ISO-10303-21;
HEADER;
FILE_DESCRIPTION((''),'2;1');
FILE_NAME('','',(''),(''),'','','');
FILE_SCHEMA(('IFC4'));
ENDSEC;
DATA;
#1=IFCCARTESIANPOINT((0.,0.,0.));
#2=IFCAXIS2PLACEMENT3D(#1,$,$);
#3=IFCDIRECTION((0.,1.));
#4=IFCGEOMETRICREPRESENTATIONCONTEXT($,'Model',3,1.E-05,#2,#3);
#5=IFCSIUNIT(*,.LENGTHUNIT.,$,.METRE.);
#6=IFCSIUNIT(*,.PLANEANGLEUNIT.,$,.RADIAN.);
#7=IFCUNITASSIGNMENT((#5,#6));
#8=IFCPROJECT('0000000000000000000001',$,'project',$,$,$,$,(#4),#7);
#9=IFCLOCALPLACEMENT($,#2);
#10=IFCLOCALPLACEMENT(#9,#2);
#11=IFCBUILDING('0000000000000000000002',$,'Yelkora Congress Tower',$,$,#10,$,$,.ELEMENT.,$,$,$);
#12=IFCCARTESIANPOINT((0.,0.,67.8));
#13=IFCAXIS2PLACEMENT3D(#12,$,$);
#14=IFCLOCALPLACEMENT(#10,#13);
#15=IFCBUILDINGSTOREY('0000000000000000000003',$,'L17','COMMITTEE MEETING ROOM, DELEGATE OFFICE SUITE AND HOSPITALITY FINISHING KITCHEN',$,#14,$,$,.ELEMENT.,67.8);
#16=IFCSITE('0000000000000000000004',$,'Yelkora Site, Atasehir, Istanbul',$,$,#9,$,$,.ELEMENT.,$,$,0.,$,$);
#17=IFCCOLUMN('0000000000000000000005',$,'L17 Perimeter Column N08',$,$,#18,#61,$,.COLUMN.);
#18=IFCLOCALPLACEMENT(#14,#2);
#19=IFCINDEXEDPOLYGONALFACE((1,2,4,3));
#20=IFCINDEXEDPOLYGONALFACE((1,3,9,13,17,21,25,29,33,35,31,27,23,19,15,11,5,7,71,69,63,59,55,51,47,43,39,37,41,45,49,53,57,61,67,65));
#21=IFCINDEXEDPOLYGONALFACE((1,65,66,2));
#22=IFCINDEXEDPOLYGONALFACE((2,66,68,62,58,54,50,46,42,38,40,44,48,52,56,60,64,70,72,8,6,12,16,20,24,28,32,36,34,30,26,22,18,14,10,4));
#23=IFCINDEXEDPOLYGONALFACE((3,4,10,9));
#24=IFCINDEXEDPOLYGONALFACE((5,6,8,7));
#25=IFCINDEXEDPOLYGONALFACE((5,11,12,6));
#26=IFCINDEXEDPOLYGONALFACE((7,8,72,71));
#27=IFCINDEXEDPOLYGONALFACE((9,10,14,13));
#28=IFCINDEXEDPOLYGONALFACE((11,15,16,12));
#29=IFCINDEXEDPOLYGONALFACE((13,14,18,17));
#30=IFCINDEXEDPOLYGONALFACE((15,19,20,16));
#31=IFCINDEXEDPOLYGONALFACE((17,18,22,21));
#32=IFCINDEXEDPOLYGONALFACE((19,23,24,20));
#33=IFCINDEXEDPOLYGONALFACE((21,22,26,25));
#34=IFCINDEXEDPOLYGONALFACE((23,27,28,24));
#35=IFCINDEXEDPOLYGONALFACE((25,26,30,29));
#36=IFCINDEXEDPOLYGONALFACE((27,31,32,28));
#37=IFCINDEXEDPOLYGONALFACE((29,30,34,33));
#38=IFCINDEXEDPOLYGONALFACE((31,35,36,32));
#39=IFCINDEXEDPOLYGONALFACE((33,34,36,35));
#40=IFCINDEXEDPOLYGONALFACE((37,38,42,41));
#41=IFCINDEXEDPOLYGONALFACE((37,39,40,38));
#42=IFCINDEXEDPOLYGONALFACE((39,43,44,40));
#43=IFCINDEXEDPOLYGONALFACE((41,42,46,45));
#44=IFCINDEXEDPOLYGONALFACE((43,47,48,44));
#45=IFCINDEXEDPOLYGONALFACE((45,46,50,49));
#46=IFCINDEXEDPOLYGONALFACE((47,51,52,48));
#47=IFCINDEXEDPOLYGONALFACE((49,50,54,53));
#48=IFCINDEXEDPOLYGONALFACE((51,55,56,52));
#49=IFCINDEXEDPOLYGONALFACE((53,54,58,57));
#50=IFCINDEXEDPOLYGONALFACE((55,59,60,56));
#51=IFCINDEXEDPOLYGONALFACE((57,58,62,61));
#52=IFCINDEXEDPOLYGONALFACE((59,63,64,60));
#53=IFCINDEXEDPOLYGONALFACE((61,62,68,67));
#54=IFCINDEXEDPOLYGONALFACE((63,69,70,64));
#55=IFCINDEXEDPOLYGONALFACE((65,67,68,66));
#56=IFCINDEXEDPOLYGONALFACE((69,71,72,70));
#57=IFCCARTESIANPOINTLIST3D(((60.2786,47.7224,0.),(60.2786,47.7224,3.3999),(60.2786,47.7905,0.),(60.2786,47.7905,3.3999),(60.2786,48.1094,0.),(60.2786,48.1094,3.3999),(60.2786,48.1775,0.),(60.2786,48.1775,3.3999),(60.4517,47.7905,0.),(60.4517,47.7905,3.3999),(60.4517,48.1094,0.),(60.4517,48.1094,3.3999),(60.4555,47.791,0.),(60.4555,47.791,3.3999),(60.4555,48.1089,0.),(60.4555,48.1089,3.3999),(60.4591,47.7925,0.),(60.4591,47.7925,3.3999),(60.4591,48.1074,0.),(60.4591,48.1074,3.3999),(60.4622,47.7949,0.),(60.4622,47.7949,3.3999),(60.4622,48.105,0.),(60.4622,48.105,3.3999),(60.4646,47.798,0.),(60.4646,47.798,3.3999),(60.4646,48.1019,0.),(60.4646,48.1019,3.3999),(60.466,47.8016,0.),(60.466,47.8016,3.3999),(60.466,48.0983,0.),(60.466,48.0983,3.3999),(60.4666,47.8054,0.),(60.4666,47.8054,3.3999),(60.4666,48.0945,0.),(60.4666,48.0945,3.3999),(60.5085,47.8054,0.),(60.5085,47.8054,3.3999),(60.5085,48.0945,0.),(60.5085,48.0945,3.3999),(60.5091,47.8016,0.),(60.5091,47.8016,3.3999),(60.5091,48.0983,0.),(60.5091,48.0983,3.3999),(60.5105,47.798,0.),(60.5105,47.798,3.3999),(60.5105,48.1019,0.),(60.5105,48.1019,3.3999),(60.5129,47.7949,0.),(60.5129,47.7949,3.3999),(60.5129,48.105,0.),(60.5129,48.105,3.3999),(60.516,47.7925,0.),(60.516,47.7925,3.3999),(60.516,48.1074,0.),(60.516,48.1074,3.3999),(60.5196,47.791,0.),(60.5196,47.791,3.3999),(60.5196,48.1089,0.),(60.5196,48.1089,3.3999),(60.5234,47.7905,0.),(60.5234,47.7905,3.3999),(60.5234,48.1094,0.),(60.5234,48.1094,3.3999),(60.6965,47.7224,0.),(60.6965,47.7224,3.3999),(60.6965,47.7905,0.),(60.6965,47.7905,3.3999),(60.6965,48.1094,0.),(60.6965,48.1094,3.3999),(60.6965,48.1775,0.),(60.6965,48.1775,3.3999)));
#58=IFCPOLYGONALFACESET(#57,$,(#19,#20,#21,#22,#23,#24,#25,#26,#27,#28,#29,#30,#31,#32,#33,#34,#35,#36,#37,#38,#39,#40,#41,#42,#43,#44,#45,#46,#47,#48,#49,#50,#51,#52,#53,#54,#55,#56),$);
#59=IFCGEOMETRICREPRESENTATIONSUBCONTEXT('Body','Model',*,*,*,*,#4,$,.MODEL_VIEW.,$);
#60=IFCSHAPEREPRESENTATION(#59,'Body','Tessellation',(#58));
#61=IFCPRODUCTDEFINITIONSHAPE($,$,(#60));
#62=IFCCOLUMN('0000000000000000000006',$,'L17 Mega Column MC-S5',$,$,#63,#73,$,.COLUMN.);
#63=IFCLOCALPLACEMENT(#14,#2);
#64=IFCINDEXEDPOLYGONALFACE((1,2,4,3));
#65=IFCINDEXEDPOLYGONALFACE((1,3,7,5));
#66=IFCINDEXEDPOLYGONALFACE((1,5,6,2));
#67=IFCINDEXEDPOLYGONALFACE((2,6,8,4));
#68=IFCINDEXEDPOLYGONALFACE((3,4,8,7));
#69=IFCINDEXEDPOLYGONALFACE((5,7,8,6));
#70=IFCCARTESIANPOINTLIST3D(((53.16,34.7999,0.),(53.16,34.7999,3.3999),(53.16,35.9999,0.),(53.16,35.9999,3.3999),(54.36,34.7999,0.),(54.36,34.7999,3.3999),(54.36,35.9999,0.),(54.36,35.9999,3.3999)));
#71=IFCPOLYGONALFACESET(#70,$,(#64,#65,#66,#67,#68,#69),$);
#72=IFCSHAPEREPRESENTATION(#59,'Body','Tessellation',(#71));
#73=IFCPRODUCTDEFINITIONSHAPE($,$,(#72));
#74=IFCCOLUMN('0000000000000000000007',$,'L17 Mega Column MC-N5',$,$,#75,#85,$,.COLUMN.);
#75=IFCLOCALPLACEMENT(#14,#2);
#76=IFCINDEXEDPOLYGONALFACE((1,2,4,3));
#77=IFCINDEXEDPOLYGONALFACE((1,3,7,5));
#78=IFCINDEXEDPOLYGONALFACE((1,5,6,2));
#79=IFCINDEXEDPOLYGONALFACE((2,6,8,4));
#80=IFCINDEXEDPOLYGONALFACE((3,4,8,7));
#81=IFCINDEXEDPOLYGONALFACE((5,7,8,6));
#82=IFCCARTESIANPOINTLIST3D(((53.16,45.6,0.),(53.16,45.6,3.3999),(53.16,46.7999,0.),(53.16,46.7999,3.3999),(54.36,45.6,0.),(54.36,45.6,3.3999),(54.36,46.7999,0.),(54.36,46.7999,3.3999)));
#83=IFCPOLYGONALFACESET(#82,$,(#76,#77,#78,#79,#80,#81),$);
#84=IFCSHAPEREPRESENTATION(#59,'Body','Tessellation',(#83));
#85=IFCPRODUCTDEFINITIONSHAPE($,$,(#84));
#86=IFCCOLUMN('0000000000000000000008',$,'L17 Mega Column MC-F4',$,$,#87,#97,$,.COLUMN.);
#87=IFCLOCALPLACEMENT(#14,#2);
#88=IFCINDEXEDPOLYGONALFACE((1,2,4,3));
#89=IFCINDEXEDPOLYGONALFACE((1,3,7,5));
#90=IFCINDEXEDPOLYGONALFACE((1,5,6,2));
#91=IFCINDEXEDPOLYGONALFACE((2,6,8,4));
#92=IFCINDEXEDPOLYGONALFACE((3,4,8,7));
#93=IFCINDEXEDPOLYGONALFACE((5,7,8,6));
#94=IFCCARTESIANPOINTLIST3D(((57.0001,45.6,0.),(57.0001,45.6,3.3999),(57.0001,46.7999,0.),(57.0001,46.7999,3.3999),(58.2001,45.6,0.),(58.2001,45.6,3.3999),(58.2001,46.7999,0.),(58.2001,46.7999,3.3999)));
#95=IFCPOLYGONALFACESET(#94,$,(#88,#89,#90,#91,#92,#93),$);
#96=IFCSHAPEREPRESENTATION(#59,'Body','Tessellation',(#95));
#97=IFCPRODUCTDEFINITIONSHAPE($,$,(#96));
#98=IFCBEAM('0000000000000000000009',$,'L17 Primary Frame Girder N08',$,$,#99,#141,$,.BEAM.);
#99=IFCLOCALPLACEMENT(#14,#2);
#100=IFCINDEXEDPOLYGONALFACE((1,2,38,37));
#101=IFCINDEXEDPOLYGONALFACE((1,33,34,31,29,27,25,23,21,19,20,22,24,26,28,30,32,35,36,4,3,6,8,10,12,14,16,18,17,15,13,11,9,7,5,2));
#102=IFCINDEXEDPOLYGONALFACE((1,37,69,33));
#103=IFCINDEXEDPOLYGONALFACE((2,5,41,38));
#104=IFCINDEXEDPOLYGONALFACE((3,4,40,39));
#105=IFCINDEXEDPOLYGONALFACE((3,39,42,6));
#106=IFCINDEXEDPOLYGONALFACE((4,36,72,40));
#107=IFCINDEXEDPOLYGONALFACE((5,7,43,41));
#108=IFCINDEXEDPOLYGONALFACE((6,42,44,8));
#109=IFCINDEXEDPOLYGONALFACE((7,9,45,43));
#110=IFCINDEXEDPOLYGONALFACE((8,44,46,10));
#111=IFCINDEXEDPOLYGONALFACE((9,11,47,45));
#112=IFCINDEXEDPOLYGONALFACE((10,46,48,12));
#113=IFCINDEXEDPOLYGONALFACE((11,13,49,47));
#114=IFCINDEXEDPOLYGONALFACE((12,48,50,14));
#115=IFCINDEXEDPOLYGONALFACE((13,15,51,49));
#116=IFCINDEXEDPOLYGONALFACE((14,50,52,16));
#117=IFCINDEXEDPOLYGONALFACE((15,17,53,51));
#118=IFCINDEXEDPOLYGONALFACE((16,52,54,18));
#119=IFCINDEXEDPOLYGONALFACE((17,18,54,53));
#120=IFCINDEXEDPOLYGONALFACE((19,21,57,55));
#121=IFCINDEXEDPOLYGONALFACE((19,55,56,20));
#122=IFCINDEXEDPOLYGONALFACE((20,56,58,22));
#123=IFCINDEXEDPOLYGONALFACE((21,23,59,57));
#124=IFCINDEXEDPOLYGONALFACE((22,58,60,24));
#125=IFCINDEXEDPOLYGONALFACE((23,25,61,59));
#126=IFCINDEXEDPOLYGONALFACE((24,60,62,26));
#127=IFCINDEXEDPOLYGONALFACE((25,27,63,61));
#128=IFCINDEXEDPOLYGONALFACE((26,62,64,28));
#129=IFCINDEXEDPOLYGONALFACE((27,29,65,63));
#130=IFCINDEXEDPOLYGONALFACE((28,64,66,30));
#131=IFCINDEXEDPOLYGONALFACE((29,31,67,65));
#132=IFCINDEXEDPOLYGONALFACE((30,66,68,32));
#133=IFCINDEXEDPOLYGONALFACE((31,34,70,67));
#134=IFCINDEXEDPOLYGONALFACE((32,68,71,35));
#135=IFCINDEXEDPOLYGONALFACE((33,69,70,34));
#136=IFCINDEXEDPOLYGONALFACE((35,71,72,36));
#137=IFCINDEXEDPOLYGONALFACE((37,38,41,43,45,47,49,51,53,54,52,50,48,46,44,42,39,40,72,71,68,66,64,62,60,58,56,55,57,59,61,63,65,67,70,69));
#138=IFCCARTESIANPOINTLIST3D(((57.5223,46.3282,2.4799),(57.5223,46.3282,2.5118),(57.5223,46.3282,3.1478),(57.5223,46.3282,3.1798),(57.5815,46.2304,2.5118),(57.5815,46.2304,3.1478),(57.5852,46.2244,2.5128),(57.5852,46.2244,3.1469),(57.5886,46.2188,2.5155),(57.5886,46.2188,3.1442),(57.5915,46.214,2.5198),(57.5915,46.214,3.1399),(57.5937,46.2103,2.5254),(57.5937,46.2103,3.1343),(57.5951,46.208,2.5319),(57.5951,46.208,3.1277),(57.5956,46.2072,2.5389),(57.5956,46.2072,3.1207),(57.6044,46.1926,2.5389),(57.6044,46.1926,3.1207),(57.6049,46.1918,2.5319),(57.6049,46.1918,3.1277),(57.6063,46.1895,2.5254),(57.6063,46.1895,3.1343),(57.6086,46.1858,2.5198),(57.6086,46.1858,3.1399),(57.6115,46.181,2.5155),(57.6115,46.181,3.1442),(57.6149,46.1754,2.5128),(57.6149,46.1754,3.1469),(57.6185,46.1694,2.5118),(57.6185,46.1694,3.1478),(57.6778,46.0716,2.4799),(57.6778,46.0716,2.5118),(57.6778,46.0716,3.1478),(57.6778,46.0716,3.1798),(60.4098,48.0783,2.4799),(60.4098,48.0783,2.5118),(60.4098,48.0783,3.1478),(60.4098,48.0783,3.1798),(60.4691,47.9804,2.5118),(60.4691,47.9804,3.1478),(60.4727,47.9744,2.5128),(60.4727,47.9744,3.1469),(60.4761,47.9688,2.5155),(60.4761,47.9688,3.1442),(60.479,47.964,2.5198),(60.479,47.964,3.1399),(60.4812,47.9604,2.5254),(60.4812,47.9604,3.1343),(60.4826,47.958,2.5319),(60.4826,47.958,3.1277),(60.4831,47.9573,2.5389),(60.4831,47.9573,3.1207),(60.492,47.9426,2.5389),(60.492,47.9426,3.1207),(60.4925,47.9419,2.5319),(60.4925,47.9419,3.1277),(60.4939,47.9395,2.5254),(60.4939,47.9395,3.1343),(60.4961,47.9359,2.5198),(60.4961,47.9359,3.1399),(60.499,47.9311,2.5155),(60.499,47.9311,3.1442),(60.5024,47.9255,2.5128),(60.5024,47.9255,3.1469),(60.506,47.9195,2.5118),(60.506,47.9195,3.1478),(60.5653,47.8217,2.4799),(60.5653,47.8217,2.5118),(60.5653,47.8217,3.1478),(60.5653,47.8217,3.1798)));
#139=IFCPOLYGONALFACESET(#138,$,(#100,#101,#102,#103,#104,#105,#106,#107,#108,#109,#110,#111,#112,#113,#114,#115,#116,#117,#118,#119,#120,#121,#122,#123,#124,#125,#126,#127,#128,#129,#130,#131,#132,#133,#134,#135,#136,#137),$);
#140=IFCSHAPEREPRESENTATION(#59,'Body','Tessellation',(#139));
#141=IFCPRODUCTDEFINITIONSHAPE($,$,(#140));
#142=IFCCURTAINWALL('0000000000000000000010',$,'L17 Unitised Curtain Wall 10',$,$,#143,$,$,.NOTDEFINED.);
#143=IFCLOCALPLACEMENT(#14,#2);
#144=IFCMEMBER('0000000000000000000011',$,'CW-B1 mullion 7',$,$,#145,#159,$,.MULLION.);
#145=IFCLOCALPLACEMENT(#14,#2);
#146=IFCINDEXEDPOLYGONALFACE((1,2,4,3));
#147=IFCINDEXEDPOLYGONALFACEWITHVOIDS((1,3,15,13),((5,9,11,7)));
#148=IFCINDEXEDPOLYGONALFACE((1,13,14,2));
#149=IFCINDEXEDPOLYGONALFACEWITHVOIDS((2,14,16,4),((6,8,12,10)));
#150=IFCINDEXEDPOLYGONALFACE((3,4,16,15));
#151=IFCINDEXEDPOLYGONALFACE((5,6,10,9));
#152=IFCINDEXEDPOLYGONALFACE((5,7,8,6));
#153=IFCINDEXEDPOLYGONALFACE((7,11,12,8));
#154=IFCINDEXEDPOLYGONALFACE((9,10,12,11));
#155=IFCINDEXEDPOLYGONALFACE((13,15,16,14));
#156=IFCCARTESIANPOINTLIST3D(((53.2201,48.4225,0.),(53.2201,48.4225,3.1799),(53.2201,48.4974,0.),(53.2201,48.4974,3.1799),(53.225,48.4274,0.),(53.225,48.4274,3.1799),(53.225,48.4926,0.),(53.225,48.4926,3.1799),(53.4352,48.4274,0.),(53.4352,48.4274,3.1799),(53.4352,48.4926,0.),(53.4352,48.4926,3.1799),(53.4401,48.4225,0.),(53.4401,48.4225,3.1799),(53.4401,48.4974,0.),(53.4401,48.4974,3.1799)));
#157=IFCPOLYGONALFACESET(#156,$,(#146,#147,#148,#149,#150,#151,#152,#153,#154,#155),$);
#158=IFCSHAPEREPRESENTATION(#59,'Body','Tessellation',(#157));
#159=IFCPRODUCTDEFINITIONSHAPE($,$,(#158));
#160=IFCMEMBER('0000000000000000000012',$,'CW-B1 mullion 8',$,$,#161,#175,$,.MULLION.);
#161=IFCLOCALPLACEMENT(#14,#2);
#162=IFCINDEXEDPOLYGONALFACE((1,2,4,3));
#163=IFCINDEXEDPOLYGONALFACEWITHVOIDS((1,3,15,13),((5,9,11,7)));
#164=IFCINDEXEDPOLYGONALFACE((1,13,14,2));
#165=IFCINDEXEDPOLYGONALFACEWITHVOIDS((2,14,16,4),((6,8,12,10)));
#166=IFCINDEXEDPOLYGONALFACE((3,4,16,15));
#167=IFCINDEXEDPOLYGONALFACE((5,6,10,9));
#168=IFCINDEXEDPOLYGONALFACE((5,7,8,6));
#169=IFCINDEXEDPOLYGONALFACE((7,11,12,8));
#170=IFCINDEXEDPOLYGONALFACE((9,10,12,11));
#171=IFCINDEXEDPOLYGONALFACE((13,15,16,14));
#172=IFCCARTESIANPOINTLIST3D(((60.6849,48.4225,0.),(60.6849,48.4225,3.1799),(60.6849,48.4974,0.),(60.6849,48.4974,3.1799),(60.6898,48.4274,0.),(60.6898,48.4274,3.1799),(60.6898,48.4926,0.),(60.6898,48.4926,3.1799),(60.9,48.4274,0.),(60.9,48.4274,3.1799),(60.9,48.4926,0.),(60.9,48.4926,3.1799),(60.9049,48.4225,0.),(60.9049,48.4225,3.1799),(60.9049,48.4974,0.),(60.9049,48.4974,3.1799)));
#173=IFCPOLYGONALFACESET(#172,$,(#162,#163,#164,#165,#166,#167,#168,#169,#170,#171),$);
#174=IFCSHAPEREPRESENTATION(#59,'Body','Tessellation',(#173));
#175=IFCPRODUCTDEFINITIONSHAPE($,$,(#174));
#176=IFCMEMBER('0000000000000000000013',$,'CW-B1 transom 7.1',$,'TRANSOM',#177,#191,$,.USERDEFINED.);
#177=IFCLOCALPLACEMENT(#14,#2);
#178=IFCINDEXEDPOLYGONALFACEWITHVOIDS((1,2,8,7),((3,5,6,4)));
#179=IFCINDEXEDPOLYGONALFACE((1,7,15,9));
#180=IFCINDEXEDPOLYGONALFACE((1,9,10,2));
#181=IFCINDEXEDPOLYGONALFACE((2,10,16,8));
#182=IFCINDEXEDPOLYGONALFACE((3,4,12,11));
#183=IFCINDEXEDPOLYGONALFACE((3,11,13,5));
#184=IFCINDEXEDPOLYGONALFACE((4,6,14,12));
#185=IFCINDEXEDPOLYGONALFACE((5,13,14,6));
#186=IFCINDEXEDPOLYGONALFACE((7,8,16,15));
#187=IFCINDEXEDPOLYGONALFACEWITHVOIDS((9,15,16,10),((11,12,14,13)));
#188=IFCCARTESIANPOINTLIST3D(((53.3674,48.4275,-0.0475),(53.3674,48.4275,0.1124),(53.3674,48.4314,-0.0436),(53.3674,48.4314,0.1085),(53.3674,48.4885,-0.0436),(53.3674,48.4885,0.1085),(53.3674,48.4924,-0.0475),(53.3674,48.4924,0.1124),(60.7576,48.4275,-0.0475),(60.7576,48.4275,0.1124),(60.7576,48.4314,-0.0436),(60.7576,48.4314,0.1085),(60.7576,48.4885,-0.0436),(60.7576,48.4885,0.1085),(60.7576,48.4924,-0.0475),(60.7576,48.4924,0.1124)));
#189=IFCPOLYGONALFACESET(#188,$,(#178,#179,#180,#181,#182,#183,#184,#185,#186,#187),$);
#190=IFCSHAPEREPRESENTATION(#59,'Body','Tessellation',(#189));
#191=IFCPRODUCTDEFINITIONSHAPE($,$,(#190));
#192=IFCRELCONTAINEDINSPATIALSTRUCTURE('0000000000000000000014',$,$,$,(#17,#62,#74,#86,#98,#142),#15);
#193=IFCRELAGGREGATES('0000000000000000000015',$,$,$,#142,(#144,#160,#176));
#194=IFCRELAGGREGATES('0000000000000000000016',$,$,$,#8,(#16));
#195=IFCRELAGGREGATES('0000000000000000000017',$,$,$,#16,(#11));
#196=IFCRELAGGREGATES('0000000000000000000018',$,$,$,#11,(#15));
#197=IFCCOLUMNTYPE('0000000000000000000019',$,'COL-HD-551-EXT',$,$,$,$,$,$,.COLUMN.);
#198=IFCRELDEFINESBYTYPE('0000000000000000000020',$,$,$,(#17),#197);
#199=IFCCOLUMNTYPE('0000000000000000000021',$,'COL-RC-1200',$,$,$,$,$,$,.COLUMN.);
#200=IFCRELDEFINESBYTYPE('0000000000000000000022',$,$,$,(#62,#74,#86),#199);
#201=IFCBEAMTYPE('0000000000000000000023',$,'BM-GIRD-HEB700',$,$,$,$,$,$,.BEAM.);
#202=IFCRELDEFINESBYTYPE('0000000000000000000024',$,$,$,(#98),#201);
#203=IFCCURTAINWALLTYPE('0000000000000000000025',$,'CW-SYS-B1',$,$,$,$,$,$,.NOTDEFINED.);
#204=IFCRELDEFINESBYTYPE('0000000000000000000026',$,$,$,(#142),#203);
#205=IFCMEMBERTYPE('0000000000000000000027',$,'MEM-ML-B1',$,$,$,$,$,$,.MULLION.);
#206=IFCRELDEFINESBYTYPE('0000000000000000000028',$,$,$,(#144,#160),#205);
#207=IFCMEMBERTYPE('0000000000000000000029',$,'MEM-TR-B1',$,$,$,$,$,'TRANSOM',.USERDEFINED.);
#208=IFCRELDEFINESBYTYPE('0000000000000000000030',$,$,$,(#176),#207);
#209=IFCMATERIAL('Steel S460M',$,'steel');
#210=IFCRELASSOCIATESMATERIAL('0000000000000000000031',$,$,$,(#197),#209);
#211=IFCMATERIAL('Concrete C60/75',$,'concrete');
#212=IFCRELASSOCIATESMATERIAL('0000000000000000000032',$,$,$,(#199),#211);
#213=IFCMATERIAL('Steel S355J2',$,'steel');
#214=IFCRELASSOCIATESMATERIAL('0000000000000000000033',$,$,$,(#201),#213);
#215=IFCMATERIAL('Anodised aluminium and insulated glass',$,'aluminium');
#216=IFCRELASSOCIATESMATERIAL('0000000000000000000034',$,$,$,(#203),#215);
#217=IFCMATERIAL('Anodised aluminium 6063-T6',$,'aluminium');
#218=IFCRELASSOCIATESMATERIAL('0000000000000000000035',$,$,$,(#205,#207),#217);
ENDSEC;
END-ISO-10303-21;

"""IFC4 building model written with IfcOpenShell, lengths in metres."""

from ifc_helpers import new_model, si_unit, direction, frame, origin, origin_2d, place, context, subcontext, project, spatial, rectangle, hollow_rectangle, i_section, extrude, material, material_profile, profile_set, type_object, element, aggregate, save


model = new_model("IFC4")

# Units and contexts
model_context = context("Model", 3, precision=1e-05, world=origin(), true_north=direction((0.0, 1.0)))
body_context = subcontext(model_context, "Body", "Model", "MODEL_VIEW")
ifc_project = project(units=[si_unit("LENGTHUNIT", "METRE"), si_unit("PLANEANGLEUNIT", "RADIAN")], contexts=[model_context])

# Site, building, storey
site_placement = place(None, origin())
site = spatial("IfcSite", under=ifc_project, at=site_placement, Name="Yelkora Site, Atasehir, Istanbul", CompositionType="ELEMENT", RefElevation=0.0)
building_placement = place(site_placement, origin())
building = spatial("IfcBuilding", under=site, at=building_placement, Name="Yelkora Congress Tower", CompositionType="ELEMENT")
storey_placement = place(building_placement, frame((0.0, 0.0, 67.8)))
storey = spatial("IfcBuildingStorey", under=building, at=storey_placement, Name="L17", Description="COMMITTEE MEETING ROOM, DELEGATE OFFICE SUITE AND HOSPITALITY FINISHING KITCHEN", CompositionType="ELEMENT", Elevation=67.8)

# Columns
ifc_material_1 = material(Name="Steel S460M", Category="steel")
ifc_material_profile_1 = material_profile(ifc_material_1, i_section(OverallWidth=0.418, OverallDepth=0.4551, WebThickness=0.042, FlangeThickness=0.0681, FilletRadius=0.0149, at=origin_2d()), Name="HD 400x551")
ifc_profile_set_1 = profile_set([ifc_material_profile_1], Name="Steel S460M")
column_type_1 = type_object("IfcColumnType", Name="COL-HD-551-EXT", PredefinedType="COLUMN", material=ifc_profile_set_1)
column_placement = place(storey_placement, frame((60.4875, 47.95, 0.0), z_axis=(0.0, 0.0, 1.0), x_axis=(1.0, 0.0, 0.0)))
element("IfcColumn", 1, at=column_placement, inside=storey, type_object=column_type_1, Name="L17 Perimeter Column N08", PredefinedType="COLUMN", context=body_context, shape_type="SweptSolid", body=[
    extrude(i_section(OverallWidth=0.418, OverallDepth=0.4551, WebThickness=0.042, FlangeThickness=0.0681, FilletRadius=0.0149, at=origin_2d()), origin(), (0.0, 0.0, 1.0), 3.3999),
])
ifc_material_2 = material(Name="Concrete C60/75", Category="concrete")
ifc_material_profile_2 = material_profile(ifc_material_2, rectangle(XDim=1.2, YDim=1.2, at=origin_2d()), Name="RC 1200x1200")
ifc_profile_set_2 = profile_set([ifc_material_profile_2], Name="Concrete C60/75")
column_type_2 = type_object("IfcColumnType", Name="COL-RC-1200", PredefinedType="COLUMN", material=ifc_profile_set_2)
for number, where, z_axis, x_axis, name in (
    (2, (53.76, 35.3999, 0.0), (0.0, 0.0, 1.0), (1.0, 0.0, 0.0), "L17 Mega Column MC-S5"),
    (3, (53.76, 46.2, 0.0), (0.0, 0.0, 1.0), (1.0, 0.0, 0.0), "L17 Mega Column MC-N5"),
    (4, (57.6001, 46.2, 0.0), (0.0, 0.0, 1.0), (1.0, 0.0, 0.0), "L17 Mega Column MC-F4"),
):
    element("IfcColumn", number, at=place(storey_placement, frame(where, z_axis=z_axis, x_axis=x_axis)), inside=storey, type_object=column_type_2, Name=name, PredefinedType="COLUMN", context=body_context, shape_type="SweptSolid", body=[
        extrude(rectangle(XDim=1.2, YDim=1.2, at=origin_2d()), origin(), (0.0, 0.0, 1.0), 3.3999),
    ])

# Beam
ifc_material_3 = material(Name="Steel S355J2", Category="steel")
ifc_material_profile_3 = material_profile(ifc_material_3, i_section(OverallWidth=0.3, OverallDepth=0.7, WebThickness=0.0171, FlangeThickness=0.032, FilletRadius=0.0271, at=origin_2d()), Name="HEB 700")
ifc_profile_set_3 = profile_set([ifc_material_profile_3], Name="Steel S355J2")
beam_type = type_object("IfcBeamType", Name="BM-GIRD-HEB700", PredefinedType="BEAM", material=ifc_profile_set_3)
beam_placement = place(storey_placement, frame((60.4875, 47.95, 2.8298), z_axis=(-0.855194, -0.518308, 0.0), x_axis=(0.518308, -0.855194, 0.0)))
element("IfcBeam", 5, at=beam_placement, inside=storey, type_object=beam_type, Name="L17 Primary Frame Girder N08", PredefinedType="BEAM", context=body_context, shape_type="SweptSolid", body=[
    extrude(i_section(OverallWidth=0.3, OverallDepth=0.7, WebThickness=0.0171, FlangeThickness=0.032, FilletRadius=0.0271, at=origin_2d()), origin(), (0.0, 0.0, 1.0), 3.3765),
])

# Curtain wall, members
ifc_material_4 = material(Name="Anodised aluminium and insulated glass", Category="aluminium")
curtain_wall_type = type_object("IfcCurtainWallType", Name="CW-SYS-B1", PredefinedType="NOTDEFINED", material=ifc_material_4)
curtain_wall_placement = place(storey_placement, origin())
curtain_wall = element("IfcCurtainWall", 6, at=curtain_wall_placement, inside=storey, type_object=curtain_wall_type, Name="L17 Unitised Curtain Wall 10", PredefinedType="NOTDEFINED")
ifc_material_5 = material(Name="Anodised aluminium 6063-T6", Category="aluminium")
ifc_material_profile_4 = material_profile(ifc_material_5, hollow_rectangle(XDim=0.075, YDim=0.22, WallThickness=0.0049, at=origin_2d()), Name="ALU 75x220x5")
ifc_profile_set_4 = profile_set([ifc_material_profile_4], Name="Anodised aluminium 6063-T6")
member_type_1 = type_object("IfcMemberType", Name="MEM-ML-B1", PredefinedType="MULLION", material=ifc_profile_set_4)
member_1_placement = place(storey_placement, frame((53.3301, 48.46, 0.0), z_axis=(0.0, 0.0, 1.0), x_axis=(0.0, 1.0, 0.0)))
member_1 = element("IfcMember", 7, at=member_1_placement, type_object=member_type_1, Name="CW-B1 mullion 7", PredefinedType="MULLION", context=body_context, shape_type="SweptSolid", body=[
    extrude(hollow_rectangle(XDim=0.075, YDim=0.22, WallThickness=0.0049, at=origin_2d()), origin(), (0.0, 0.0, 1.0), 3.1799),
])
member_2_placement = place(storey_placement, frame((60.7949, 48.46, 0.0), z_axis=(0.0, 0.0, 1.0), x_axis=(0.0, 1.0, 0.0)))
member_2 = element("IfcMember", 8, at=member_2_placement, type_object=member_type_1, Name="CW-B1 mullion 8", PredefinedType="MULLION", context=body_context, shape_type="SweptSolid", body=[
    extrude(hollow_rectangle(XDim=0.075, YDim=0.22, WallThickness=0.0049, at=origin_2d()), origin(), (0.0, 0.0, 1.0), 3.1799),
])
ifc_material_profile_5 = material_profile(ifc_material_5, hollow_rectangle(XDim=0.0649, YDim=0.1599, WallThickness=0.0039, at=origin_2d()), Name="ALU 65x160x4")
ifc_profile_set_5 = profile_set([ifc_material_profile_5], Name="Anodised aluminium 6063-T6")
member_type_2 = type_object("IfcMemberType", Name="MEM-TR-B1", ElementType="TRANSOM", PredefinedType="USERDEFINED", material=ifc_profile_set_5)
member_3_placement = place(storey_placement, frame((53.3674, 48.46, 0.0325), z_axis=(1.0, 0.0, 0.0), x_axis=(0.0, 1.0, 0.0)))
member_3 = element("IfcMember", 9, at=member_3_placement, type_object=member_type_2, Name="CW-B1 transom 7.1", ObjectType="TRANSOM", PredefinedType="USERDEFINED", context=body_context, shape_type="SweptSolid", body=[
    extrude(hollow_rectangle(XDim=0.0649, YDim=0.1599, WallThickness=0.0039, at=origin_2d()), origin(), (0.0, 0.0, 1.0), 7.3901),
])
aggregate(curtain_wall, [member_1, member_2, member_3])

save(model, "model.ifc")
